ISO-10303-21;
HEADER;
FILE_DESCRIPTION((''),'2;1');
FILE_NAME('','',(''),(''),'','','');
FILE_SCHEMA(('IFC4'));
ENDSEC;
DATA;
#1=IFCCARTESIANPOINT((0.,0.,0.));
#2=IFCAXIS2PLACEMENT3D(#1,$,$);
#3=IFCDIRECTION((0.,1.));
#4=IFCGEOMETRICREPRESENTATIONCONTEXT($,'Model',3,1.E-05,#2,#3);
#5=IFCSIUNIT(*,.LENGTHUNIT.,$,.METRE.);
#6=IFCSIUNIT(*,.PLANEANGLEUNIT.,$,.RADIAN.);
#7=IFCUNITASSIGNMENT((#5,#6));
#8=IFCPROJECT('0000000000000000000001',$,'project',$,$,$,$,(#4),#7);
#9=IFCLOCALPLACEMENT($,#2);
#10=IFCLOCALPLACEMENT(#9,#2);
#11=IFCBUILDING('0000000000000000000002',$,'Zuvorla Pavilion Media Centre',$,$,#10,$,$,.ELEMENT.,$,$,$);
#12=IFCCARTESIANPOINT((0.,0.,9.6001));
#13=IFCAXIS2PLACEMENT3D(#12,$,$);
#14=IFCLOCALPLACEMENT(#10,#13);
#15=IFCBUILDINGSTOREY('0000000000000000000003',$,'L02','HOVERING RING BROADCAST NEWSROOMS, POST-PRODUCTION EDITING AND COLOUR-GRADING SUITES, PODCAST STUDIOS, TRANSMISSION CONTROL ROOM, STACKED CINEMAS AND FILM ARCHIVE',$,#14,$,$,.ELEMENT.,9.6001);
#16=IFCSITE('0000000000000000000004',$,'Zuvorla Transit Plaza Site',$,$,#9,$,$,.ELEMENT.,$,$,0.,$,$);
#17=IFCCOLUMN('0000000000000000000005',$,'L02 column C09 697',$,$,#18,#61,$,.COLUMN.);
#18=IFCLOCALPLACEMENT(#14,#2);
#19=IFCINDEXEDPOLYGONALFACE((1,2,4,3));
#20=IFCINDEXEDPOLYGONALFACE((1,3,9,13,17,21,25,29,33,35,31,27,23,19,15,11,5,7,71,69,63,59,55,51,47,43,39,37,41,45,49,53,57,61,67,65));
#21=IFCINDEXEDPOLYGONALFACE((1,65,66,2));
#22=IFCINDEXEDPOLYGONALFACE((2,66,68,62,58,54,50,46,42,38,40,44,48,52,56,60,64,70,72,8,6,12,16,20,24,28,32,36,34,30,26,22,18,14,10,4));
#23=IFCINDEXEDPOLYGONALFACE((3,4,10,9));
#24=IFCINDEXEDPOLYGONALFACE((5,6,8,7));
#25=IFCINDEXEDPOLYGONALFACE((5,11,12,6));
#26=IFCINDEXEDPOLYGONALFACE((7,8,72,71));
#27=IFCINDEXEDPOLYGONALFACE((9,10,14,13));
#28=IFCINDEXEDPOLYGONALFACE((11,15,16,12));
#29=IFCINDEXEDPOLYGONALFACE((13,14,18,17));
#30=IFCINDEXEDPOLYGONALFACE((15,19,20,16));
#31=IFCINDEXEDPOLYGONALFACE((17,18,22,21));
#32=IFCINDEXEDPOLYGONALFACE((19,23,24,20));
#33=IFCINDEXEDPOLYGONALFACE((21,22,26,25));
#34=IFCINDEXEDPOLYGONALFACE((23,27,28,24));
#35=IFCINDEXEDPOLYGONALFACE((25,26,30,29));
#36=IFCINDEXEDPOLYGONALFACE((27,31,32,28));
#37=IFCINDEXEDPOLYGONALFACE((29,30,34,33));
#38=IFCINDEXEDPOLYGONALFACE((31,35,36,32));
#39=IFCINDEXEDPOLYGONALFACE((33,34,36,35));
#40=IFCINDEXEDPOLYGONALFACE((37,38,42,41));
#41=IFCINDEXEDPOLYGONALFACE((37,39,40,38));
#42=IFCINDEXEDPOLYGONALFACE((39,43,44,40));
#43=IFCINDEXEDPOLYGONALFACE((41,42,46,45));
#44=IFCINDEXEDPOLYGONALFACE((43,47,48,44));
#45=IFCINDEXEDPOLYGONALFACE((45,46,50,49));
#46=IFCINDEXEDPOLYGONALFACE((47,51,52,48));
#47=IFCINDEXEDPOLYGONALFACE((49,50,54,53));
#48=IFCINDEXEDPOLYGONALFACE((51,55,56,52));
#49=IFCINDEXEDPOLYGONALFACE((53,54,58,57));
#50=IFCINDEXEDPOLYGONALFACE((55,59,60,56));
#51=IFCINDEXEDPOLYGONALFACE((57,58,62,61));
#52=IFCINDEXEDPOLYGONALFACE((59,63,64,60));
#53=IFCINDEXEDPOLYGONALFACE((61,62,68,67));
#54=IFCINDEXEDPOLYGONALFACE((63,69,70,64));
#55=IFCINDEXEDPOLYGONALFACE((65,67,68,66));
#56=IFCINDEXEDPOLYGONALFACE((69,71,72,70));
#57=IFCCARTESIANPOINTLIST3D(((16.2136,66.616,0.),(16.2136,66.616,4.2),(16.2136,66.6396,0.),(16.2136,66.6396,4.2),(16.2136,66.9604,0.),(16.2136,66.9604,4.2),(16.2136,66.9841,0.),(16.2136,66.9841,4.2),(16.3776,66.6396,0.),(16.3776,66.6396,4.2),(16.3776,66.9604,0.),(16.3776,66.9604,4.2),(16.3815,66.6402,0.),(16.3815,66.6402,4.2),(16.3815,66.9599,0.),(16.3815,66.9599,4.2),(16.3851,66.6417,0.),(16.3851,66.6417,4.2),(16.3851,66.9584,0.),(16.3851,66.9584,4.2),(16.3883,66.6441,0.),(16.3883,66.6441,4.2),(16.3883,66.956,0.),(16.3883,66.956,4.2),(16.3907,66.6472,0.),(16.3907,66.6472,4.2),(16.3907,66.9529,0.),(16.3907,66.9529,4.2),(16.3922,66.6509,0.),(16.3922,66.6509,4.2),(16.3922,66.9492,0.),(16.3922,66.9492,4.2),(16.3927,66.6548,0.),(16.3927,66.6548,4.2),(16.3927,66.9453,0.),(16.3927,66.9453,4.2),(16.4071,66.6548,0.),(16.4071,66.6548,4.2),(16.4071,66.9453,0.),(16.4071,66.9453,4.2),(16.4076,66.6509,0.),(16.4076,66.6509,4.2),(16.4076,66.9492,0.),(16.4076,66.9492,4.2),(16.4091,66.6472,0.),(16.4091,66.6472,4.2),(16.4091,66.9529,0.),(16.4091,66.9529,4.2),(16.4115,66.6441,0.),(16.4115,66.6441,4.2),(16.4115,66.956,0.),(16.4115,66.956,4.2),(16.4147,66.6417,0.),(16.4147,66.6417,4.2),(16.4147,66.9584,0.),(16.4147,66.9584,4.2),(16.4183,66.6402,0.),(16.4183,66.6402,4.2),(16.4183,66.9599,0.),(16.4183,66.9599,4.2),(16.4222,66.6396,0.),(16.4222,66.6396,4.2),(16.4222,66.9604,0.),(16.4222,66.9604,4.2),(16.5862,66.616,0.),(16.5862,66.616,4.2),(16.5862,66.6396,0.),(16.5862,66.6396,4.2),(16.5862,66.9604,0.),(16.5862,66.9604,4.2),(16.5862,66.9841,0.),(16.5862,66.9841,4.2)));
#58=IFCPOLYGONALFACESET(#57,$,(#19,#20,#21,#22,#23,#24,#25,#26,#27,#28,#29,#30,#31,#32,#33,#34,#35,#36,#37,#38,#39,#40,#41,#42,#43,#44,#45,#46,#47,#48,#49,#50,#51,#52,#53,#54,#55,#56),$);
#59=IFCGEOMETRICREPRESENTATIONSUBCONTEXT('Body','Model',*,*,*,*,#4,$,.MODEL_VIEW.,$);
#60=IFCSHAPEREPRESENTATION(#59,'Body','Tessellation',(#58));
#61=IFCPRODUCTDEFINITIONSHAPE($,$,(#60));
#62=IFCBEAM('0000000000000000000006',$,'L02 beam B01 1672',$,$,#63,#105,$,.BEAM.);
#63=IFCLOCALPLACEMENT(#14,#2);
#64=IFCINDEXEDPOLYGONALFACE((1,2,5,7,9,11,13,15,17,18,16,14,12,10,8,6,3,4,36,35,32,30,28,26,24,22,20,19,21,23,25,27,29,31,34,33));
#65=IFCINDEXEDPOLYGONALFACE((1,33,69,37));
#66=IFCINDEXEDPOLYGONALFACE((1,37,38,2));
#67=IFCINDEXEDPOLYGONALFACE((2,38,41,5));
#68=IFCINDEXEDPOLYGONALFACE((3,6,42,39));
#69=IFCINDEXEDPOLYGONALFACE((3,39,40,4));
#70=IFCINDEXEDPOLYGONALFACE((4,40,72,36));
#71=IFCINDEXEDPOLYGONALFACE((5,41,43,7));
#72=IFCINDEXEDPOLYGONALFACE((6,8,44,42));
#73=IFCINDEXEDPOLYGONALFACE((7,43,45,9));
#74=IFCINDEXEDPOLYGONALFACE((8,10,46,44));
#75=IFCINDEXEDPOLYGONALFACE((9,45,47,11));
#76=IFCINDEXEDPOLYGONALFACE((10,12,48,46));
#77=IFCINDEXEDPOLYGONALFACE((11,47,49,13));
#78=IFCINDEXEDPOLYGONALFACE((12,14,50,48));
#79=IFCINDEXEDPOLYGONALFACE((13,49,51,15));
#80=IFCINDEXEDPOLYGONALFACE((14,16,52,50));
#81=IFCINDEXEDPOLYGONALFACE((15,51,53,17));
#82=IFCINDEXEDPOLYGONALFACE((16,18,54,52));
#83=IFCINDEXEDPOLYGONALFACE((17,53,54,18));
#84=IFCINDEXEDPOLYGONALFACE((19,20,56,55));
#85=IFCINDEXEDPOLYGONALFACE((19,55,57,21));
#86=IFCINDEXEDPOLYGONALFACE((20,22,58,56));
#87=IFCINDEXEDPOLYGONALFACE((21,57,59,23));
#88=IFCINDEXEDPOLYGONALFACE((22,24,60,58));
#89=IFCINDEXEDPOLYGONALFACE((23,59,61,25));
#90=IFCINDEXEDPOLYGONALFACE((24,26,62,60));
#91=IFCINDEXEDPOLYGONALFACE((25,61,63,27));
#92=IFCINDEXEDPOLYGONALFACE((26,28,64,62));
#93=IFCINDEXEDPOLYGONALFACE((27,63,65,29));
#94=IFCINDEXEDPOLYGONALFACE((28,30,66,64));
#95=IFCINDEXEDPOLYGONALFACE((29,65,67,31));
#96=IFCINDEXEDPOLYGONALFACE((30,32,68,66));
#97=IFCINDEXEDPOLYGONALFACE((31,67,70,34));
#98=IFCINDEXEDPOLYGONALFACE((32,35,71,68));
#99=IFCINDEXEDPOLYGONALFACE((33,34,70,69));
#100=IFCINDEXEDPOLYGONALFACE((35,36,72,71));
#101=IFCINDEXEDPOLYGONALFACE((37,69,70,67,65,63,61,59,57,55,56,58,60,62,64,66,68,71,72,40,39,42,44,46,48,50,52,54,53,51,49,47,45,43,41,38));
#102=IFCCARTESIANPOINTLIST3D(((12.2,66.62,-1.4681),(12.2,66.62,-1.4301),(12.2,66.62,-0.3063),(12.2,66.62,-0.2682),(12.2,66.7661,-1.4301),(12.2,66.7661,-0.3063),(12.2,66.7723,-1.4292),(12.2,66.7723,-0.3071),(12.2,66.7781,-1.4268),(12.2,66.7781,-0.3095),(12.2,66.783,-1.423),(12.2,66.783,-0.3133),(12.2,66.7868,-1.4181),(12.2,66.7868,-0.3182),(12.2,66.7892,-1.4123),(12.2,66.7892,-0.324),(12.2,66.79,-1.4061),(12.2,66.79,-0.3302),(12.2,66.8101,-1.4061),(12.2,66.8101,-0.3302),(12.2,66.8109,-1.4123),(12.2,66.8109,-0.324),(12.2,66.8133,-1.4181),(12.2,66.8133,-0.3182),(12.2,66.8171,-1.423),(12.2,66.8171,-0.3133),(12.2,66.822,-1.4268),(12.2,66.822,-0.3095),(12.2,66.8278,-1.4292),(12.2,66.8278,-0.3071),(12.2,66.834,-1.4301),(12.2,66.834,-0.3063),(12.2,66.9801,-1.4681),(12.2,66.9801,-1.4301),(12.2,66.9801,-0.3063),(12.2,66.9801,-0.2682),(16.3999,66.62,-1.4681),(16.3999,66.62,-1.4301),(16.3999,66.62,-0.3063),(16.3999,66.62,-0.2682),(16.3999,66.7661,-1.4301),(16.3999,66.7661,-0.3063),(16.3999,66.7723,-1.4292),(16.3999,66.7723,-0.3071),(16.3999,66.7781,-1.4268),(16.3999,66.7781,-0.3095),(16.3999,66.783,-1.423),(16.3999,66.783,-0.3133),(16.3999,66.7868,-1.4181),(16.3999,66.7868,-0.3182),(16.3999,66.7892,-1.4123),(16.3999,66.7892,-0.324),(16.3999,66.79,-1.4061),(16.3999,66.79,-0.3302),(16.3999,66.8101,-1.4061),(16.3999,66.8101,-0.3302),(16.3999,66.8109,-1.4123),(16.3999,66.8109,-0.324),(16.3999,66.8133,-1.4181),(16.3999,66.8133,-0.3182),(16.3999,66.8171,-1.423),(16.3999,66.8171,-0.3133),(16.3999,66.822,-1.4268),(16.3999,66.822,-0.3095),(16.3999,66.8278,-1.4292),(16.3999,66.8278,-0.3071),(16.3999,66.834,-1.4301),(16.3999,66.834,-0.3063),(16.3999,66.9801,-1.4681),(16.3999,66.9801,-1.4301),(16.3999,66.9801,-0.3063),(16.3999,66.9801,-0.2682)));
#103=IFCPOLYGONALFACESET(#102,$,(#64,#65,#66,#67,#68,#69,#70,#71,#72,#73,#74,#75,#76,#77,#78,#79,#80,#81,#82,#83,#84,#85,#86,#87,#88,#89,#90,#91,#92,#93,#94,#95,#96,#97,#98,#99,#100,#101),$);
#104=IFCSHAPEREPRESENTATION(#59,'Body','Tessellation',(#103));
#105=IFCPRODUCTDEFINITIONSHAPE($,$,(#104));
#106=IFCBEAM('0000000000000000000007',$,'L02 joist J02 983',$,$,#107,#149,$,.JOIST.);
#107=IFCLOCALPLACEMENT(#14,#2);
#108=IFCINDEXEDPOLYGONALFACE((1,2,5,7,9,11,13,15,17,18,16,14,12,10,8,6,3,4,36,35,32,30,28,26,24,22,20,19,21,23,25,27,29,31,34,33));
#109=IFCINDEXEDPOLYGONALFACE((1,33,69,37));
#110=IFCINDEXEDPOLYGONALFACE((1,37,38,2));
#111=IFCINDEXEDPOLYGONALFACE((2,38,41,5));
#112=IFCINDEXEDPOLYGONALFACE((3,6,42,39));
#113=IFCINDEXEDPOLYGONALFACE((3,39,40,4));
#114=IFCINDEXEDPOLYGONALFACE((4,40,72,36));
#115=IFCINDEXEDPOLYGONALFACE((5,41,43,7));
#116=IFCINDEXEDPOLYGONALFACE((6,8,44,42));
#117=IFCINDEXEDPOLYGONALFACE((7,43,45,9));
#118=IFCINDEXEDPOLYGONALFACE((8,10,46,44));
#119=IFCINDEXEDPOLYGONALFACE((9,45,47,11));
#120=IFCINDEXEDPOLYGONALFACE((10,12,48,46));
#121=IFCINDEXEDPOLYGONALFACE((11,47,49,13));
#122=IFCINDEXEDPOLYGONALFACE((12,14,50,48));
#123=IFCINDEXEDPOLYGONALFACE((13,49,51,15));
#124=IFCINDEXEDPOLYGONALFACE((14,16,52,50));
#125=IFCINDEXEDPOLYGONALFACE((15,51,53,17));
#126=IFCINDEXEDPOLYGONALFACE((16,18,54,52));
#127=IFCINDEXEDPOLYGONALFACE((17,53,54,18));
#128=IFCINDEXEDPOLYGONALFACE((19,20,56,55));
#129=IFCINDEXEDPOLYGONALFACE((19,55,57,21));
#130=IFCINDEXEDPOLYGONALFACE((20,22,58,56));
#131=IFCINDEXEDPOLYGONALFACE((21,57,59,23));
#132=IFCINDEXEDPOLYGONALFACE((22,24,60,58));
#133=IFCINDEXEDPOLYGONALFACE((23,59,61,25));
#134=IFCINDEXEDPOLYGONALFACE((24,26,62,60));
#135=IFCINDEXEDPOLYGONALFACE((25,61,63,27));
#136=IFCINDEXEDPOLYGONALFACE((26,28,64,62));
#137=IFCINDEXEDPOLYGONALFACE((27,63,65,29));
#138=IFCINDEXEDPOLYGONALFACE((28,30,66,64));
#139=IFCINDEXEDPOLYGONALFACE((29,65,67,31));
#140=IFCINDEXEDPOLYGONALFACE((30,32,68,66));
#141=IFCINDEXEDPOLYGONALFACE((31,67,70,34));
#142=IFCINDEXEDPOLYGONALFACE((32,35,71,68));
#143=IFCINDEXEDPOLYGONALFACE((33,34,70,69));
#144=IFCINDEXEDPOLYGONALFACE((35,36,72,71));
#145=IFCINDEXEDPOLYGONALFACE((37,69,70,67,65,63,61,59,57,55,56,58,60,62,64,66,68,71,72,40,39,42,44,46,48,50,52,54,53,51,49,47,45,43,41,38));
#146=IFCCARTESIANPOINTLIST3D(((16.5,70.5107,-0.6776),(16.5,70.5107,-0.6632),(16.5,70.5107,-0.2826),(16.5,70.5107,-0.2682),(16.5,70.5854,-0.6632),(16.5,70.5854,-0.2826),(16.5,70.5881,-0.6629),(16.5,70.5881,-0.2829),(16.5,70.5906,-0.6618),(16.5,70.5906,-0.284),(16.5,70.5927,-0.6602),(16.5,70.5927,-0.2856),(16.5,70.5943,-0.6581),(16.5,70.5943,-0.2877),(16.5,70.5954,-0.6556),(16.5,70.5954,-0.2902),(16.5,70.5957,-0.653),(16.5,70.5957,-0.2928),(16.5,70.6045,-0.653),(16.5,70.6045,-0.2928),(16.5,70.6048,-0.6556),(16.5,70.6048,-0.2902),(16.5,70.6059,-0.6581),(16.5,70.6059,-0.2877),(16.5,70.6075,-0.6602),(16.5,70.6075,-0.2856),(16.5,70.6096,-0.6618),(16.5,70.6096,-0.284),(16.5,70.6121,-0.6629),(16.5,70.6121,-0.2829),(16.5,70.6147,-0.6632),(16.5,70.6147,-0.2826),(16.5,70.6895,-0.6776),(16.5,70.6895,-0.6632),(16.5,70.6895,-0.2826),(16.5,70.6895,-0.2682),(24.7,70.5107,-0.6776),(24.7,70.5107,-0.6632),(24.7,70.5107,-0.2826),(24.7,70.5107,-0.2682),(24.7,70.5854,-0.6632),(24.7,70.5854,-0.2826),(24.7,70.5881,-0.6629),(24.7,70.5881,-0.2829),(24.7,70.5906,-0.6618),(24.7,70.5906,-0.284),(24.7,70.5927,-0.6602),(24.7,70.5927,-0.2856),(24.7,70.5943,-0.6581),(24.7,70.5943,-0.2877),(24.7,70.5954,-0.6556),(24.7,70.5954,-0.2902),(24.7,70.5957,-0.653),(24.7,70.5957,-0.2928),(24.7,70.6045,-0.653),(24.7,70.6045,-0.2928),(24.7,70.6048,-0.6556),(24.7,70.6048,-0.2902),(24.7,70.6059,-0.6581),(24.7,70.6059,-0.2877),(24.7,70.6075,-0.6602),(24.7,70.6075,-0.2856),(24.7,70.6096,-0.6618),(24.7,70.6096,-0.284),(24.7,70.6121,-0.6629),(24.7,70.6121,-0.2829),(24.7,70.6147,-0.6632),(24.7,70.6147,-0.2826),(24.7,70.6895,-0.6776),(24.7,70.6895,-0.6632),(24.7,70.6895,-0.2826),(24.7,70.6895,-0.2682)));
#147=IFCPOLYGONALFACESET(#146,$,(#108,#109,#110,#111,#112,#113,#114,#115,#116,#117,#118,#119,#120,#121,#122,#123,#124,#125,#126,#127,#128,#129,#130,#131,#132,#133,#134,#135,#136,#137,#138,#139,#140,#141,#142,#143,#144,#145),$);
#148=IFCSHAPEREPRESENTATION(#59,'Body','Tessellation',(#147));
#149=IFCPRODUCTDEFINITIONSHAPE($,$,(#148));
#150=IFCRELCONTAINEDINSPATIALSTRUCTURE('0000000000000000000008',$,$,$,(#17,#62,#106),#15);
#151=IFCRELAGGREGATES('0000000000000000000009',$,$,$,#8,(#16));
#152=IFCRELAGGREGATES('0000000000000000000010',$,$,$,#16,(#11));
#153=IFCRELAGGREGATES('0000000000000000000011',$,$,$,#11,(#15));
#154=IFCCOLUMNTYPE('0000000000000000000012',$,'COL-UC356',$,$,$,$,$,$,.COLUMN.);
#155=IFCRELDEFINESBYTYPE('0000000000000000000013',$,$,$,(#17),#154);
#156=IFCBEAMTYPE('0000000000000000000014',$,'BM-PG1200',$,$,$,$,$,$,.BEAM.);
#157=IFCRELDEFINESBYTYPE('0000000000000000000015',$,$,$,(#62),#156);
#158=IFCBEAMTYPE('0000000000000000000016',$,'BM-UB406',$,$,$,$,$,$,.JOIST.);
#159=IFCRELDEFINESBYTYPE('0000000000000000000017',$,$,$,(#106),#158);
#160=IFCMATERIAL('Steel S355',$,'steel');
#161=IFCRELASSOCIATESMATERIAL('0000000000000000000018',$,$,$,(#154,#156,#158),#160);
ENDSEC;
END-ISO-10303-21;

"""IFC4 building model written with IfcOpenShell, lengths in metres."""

from ifc_helpers import new_model, si_unit, direction, frame, origin, origin_2d, place, context, subcontext, project, spatial, i_section, extrude, material, material_profile, profile_set, type_object, element, save


model = new_model("IFC4")

# Units and contexts
model_context = context("Model", 3, precision=1e-05, world=origin(), true_north=direction((0.0, 1.0)))
body_context = subcontext(model_context, "Body", "Model", "MODEL_VIEW")
ifc_project = project(units=[si_unit("LENGTHUNIT", "METRE"), si_unit("PLANEANGLEUNIT", "RADIAN")], contexts=[model_context])

# Site, building, storey
site_placement = place(None, origin())
site = spatial("IfcSite", under=ifc_project, at=site_placement, Name="Zuvorla Transit Plaza Site", CompositionType="ELEMENT", RefElevation=0.0)
building_placement = place(site_placement, origin())
building = spatial("IfcBuilding", under=site, at=building_placement, Name="Zuvorla Pavilion Media Centre", CompositionType="ELEMENT")
storey_placement = place(building_placement, frame((0.0, 0.0, 9.6001)))
storey = spatial("IfcBuildingStorey", under=building, at=storey_placement, Name="L02", Description="HOVERING RING BROADCAST NEWSROOMS, POST-PRODUCTION EDITING AND COLOUR-GRADING SUITES, PODCAST STUDIOS, TRANSMISSION CONTROL ROOM, STACKED CINEMAS AND FILM ARCHIVE", CompositionType="ELEMENT", Elevation=9.6001)

# Column
ifc_material_1 = material(Name="Steel S355", Category="steel")
ifc_material_profile_1 = material_profile(ifc_material_1, i_section(OverallWidth=0.3726, OverallDepth=0.3682, WebThickness=0.0144, FlangeThickness=0.0237, FilletRadius=0.0151, at=origin_2d()), Name="UC 356x368x177")
ifc_profile_set_1 = profile_set([ifc_material_profile_1], Name="Steel S355")
column_type = type_object("IfcColumnType", Name="COL-UC356", PredefinedType="COLUMN", material=ifc_profile_set_1)
column_placement = place(storey_placement, frame((16.3999, 66.8, 0.0), z_axis=(0.0, 0.0, 1.0), x_axis=(1.0, 0.0, 0.0)))
element("IfcColumn", 1, at=column_placement, inside=storey, type_object=column_type, Name="L02 column C09 697", PredefinedType="COLUMN", context=body_context, shape_type="SweptSolid", body=[
    extrude(i_section(OverallWidth=0.3726, OverallDepth=0.3682, WebThickness=0.0144, FlangeThickness=0.0237, FilletRadius=0.0151, at=origin_2d()), origin(), (0.0, 0.0, 1.0), 4.2),
])

# Beams
ifc_material_profile_2 = material_profile(ifc_material_1, i_section(OverallWidth=0.3601, OverallDepth=1.2, WebThickness=0.02, FlangeThickness=0.0381, FilletRadius=0.0239, at=origin_2d()), Name="PG 1200x360x38")
ifc_profile_set_2 = profile_set([ifc_material_profile_2], Name="Steel S355")
beam_type_1 = type_object("IfcBeamType", Name="BM-PG1200", PredefinedType="BEAM", material=ifc_profile_set_2)
beam_1_placement = place(storey_placement, frame((16.3999, 66.8, -0.8682), z_axis=(-1.0, 0.0, 0.0), x_axis=(0.0, -1.0, 0.0)))
element("IfcBeam", 2, at=beam_1_placement, inside=storey, type_object=beam_type_1, Name="L02 beam B01 1672", PredefinedType="BEAM", context=body_context, shape_type="SweptSolid", body=[
    extrude(i_section(OverallWidth=0.3601, OverallDepth=1.2, WebThickness=0.02, FlangeThickness=0.0381, FilletRadius=0.0239, at=origin_2d()), origin(), (0.0, 0.0, 1.0), 4.2),
])
ifc_material_profile_3 = material_profile(ifc_material_1, i_section(OverallWidth=0.1787, OverallDepth=0.4094, WebThickness=0.0088, FlangeThickness=0.0144, FilletRadius=0.0103, at=origin_2d()), Name="UB 406x178x67")
ifc_profile_set_3 = profile_set([ifc_material_profile_3], Name="Steel S355")
beam_type_2 = type_object("IfcBeamType", Name="BM-UB406", PredefinedType="JOIST", material=ifc_profile_set_3)
beam_2_placement = place(storey_placement, frame((16.5, 70.6001, -0.4729), z_axis=(1.0, 0.0, 0.0), x_axis=(0.0, 1.0, 0.0)))
element("IfcBeam", 3, at=beam_2_placement, inside=storey, type_object=beam_type_2, Name="L02 joist J02 983", PredefinedType="JOIST", context=body_context, shape_type="SweptSolid", body=[
    extrude(i_section(OverallWidth=0.1787, OverallDepth=0.4094, WebThickness=0.0088, FlangeThickness=0.0144, FilletRadius=0.0103, at=origin_2d()), origin(), (0.0, 0.0, 1.0), 8.2),
])

save(model, "model.ifc")
